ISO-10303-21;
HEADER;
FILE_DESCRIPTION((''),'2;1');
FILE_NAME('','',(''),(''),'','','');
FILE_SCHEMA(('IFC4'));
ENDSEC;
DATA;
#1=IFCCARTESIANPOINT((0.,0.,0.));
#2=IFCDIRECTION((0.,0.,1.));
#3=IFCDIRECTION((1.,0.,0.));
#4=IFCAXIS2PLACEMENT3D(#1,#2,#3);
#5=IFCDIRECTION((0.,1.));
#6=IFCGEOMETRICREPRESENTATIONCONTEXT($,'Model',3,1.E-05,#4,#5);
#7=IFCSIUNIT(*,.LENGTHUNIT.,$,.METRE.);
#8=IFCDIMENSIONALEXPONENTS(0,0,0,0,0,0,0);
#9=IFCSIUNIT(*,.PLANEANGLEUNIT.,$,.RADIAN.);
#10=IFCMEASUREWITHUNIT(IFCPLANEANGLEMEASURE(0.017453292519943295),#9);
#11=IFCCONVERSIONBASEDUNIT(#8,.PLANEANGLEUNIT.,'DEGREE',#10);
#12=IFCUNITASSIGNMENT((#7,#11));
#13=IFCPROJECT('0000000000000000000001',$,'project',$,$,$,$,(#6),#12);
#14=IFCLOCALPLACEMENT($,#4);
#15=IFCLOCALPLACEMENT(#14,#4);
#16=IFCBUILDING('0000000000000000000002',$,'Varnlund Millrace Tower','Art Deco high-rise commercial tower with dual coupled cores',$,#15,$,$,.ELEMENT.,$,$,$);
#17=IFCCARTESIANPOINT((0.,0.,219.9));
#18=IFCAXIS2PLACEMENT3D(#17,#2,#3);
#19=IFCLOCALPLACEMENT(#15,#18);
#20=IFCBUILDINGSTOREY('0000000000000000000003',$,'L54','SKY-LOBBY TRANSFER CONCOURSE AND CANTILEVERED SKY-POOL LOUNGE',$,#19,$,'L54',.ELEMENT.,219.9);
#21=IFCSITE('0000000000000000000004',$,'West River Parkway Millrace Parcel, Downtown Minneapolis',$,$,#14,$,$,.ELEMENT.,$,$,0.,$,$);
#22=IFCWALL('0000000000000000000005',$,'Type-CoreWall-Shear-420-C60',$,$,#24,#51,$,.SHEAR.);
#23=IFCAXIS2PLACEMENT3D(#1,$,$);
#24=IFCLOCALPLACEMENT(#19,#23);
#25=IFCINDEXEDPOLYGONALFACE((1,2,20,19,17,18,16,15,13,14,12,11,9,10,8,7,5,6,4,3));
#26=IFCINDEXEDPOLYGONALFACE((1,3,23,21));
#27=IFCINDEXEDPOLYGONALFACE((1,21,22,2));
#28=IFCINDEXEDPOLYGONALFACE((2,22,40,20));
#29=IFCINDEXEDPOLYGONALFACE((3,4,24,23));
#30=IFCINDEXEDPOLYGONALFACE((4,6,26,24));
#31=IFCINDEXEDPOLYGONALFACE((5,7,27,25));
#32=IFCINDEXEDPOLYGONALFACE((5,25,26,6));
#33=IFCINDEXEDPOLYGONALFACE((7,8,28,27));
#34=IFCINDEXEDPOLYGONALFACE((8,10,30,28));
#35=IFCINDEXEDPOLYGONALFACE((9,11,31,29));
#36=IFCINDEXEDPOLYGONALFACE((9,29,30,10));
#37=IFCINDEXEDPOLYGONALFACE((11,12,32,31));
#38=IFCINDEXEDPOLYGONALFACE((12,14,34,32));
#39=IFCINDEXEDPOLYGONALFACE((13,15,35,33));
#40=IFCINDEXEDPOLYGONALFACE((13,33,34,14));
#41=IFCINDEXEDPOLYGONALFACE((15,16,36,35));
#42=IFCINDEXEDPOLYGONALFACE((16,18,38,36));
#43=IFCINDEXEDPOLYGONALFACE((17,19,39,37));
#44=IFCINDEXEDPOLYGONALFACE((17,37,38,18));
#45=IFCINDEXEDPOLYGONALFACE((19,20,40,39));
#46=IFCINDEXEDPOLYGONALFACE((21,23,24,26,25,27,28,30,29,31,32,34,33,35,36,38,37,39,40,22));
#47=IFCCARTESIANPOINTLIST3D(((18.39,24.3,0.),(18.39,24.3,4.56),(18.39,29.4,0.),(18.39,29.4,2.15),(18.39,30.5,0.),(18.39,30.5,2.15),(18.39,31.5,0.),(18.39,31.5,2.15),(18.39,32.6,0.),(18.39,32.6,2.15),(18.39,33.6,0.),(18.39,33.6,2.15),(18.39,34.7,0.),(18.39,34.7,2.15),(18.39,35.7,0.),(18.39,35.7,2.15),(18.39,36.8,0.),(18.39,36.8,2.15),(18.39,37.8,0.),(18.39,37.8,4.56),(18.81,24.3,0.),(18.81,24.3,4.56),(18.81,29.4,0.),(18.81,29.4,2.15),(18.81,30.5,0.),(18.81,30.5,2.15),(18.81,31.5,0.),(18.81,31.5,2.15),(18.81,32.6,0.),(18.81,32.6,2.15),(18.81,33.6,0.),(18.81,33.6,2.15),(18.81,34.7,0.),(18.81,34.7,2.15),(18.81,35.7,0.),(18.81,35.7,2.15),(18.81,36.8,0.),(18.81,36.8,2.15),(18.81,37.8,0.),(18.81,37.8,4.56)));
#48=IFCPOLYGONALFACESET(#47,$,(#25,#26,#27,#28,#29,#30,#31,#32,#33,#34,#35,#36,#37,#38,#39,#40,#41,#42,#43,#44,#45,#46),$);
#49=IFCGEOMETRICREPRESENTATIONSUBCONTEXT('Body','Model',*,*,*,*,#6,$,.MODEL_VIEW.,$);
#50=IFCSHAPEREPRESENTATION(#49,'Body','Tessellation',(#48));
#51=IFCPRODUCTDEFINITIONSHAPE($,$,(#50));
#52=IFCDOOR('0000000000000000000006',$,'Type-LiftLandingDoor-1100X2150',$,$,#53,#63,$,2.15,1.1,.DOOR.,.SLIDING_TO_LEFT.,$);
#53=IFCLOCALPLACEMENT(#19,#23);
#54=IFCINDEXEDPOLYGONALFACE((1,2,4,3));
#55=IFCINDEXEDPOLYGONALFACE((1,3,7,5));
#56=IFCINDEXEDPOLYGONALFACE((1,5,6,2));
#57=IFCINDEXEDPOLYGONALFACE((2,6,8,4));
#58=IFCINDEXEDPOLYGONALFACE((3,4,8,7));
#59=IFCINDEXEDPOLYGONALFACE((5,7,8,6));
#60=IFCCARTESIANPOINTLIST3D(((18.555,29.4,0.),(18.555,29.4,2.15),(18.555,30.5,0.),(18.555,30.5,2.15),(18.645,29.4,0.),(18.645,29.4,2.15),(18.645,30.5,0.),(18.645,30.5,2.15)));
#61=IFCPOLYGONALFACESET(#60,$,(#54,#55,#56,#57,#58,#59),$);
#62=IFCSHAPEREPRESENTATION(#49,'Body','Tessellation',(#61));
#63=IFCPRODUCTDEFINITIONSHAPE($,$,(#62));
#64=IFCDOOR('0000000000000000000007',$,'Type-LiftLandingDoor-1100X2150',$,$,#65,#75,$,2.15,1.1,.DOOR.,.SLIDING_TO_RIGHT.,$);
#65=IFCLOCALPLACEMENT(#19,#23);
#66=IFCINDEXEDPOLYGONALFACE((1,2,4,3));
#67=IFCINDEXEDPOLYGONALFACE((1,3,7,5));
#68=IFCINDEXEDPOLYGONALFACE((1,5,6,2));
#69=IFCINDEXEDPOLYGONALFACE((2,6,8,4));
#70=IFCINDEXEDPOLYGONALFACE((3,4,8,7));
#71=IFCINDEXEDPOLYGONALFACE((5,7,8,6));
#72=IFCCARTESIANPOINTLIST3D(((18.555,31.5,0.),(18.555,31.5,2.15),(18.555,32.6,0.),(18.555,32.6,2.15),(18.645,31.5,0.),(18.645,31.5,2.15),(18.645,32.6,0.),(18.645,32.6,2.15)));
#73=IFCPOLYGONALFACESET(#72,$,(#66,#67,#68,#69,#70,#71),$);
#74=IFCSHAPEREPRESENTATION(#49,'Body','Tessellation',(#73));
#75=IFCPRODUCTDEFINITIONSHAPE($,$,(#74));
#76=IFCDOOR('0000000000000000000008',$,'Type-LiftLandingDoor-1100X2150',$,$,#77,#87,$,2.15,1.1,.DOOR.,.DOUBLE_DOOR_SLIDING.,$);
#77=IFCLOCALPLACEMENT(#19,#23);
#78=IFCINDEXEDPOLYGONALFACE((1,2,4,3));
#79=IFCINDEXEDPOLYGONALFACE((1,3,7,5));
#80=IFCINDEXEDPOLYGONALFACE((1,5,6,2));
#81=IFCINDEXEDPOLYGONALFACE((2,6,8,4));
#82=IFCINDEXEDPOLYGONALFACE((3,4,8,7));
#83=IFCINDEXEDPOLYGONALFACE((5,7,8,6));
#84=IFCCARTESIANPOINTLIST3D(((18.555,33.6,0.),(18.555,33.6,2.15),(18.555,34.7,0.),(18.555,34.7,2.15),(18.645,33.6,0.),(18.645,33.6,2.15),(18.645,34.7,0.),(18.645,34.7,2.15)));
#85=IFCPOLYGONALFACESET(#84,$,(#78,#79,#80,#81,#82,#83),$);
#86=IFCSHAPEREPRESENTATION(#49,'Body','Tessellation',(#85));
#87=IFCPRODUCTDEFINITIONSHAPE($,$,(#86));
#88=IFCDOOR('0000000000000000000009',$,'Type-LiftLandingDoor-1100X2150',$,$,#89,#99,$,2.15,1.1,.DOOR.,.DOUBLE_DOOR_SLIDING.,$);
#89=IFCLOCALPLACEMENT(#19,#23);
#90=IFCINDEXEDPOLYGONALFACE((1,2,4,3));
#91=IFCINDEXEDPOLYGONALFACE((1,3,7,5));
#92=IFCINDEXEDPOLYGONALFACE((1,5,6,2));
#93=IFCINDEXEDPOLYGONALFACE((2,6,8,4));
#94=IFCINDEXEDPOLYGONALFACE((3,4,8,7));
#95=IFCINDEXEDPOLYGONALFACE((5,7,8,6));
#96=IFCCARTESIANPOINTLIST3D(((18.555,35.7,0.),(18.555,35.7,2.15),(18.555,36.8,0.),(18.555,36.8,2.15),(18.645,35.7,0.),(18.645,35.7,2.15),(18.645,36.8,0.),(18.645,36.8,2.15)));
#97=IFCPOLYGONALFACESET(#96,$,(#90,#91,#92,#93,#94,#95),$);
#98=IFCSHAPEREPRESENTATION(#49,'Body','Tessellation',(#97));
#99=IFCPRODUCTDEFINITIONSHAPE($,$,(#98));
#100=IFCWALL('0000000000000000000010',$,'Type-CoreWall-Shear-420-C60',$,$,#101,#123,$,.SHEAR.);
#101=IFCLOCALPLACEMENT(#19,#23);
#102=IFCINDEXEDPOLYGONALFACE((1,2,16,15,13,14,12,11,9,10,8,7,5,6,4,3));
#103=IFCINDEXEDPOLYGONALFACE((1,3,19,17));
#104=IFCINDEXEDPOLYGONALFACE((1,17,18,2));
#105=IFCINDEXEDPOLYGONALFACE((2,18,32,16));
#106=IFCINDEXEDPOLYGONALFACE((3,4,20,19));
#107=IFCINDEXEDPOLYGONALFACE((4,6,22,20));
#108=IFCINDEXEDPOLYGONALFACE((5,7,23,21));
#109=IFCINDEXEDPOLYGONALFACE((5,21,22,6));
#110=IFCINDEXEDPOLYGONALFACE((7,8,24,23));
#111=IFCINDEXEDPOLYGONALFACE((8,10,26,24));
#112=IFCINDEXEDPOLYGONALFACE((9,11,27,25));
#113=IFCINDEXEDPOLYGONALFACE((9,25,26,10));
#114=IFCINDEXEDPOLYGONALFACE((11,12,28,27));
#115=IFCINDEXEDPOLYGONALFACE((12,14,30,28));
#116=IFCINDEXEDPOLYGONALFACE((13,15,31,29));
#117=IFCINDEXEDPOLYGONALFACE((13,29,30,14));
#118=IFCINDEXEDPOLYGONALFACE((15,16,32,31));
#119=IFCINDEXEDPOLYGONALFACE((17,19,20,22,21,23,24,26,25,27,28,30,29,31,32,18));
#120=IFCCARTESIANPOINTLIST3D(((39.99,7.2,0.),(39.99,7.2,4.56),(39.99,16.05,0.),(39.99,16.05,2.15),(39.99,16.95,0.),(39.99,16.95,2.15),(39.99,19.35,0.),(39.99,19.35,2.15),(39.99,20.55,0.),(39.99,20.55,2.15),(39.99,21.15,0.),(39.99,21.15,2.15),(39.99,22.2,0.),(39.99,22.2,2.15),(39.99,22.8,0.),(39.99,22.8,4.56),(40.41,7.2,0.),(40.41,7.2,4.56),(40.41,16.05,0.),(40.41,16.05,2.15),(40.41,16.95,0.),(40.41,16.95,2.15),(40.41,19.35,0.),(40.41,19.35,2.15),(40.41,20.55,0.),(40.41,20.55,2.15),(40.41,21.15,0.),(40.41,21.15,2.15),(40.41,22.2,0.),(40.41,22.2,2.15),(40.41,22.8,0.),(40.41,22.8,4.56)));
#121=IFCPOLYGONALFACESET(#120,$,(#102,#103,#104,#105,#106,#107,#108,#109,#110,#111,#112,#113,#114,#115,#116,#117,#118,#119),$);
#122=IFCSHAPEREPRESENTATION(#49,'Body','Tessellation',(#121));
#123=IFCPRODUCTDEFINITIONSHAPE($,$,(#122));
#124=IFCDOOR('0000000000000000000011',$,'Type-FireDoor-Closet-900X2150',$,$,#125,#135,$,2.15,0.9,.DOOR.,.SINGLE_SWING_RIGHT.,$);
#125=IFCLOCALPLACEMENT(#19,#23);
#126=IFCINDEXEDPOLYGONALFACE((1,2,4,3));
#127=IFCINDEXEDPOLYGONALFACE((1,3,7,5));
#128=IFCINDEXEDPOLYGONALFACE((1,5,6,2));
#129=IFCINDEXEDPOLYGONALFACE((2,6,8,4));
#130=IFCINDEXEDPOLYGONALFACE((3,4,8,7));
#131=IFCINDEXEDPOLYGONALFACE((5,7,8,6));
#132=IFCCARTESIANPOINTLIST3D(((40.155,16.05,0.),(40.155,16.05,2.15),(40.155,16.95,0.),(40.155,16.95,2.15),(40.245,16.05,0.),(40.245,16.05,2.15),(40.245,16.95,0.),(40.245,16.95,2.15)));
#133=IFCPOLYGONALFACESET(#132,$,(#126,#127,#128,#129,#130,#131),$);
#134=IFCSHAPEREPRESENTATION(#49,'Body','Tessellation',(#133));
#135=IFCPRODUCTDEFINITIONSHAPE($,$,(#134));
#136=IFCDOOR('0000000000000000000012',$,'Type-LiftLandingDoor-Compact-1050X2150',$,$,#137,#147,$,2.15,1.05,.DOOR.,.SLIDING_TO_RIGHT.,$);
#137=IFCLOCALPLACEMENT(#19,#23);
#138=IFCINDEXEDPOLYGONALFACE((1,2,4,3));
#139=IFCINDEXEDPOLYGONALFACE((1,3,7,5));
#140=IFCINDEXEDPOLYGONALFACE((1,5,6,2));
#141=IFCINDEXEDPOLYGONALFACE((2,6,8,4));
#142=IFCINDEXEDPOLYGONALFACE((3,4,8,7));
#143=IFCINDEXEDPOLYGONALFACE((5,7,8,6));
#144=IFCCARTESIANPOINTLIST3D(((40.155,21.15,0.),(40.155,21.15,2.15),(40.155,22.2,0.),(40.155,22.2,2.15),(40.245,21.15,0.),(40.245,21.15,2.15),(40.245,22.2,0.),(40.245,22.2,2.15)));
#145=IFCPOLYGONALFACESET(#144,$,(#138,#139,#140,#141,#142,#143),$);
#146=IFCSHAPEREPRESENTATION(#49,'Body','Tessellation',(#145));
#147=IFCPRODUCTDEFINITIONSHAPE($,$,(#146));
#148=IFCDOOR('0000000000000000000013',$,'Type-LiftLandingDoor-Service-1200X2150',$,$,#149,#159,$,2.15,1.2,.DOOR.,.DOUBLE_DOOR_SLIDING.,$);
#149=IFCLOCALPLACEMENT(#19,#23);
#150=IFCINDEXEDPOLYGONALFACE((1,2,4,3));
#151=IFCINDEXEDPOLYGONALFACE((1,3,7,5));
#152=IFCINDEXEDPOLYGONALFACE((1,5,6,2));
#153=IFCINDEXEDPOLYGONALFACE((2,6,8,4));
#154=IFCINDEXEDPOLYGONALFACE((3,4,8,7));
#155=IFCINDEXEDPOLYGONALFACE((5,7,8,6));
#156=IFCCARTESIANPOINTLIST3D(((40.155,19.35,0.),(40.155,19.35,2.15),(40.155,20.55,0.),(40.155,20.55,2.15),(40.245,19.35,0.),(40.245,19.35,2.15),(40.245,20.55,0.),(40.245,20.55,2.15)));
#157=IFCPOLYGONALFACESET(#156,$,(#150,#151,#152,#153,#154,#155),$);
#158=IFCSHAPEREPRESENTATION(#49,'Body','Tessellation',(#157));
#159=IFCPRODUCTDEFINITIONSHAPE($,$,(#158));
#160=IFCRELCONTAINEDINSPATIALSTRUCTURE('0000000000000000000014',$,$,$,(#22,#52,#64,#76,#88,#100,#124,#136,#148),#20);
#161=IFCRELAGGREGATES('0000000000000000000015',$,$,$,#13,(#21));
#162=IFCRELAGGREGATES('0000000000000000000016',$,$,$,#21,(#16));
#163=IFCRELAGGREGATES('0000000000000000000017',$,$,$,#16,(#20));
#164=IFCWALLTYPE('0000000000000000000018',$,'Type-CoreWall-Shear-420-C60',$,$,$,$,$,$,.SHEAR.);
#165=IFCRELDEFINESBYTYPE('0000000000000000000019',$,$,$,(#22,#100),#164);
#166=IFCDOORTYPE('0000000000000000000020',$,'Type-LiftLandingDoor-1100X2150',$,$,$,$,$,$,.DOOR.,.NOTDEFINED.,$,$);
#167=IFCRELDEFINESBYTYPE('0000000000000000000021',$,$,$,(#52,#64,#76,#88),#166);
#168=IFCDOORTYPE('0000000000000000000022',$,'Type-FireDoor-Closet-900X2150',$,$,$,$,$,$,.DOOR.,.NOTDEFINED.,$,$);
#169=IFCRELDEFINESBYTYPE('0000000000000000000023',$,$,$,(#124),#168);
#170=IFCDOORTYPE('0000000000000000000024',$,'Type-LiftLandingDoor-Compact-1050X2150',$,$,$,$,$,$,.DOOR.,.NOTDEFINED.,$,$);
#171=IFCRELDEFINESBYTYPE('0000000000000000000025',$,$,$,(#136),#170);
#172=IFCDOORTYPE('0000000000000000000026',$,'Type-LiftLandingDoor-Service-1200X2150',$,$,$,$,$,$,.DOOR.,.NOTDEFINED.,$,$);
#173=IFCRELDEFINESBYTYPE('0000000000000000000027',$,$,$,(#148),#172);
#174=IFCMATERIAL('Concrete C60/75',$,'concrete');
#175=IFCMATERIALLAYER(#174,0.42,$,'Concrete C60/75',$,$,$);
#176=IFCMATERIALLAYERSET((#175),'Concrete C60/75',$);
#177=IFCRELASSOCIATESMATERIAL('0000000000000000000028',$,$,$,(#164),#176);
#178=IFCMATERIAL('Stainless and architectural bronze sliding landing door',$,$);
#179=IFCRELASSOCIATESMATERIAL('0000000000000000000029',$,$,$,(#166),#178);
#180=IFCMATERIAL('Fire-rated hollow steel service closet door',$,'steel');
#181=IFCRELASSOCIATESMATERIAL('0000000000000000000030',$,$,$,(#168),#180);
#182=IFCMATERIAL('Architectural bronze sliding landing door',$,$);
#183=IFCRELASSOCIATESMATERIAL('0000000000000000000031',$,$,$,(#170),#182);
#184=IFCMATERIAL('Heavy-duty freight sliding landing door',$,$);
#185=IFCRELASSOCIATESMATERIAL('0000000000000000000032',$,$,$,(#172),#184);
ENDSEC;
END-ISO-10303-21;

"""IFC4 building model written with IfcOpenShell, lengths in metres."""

from ifc_helpers import new_model, entity, si_unit, converted_unit, direction, frame, origin_with_axes, origin_2d_with_axis, place, context, subcontext, project, spatial, polyline, rectangle, outline, extrude, material, layer, layer_set, type_object, element, fill, save


model = new_model("IFC4")

# Units and contexts
model_context = context("Model", 3, precision=1e-05, world=origin_with_axes(), true_north=direction((0.0, 1.0)))
body_context = subcontext(model_context, "Body", "Model", "MODEL_VIEW")
ifc_project = project(units=[si_unit("LENGTHUNIT", "METRE"), converted_unit("PLANEANGLEUNIT", "DEGREE", entity("IfcPlaneAngleMeasure", 0.017453292519943295), si_unit("PLANEANGLEUNIT", "RADIAN"), dimensions=[0, 0, 0, 0, 0, 0, 0])], contexts=[model_context])

# Site, building, storey
site_placement = place(None, origin_with_axes())
site = spatial("IfcSite", under=ifc_project, at=site_placement, Name="West River Parkway Millrace Parcel, Downtown Minneapolis", CompositionType="ELEMENT", RefElevation=0.0)
building_placement = place(site_placement, origin_with_axes())
building = spatial("IfcBuilding", under=site, at=building_placement, Name="Varnlund Millrace Tower", Description="Art Deco high-rise commercial tower with dual coupled cores", CompositionType="ELEMENT")
storey_placement = place(building_placement, frame((0.0, 0.0, 219.9), z_axis=(0.0, 0.0, 1.0), x_axis=(1.0, 0.0, 0.0)))
storey = spatial("IfcBuildingStorey", under=building, at=storey_placement, Name="L54", Description="SKY-LOBBY TRANSFER CONCOURSE AND CANTILEVERED SKY-POOL LOUNGE", LongName="L54", CompositionType="ELEMENT", Elevation=219.9)

# Walls, openings, doors
ifc_material_1 = material(Name="Concrete C60/75", Category="concrete")
ifc_layer_1 = layer(ifc_material_1, 0.42, Name="Concrete C60/75")
ifc_layer_set_1 = layer_set([ifc_layer_1], Name="Concrete C60/75")
wall_type_1 = type_object("IfcWallType", Name="Type-CoreWall-Shear-420-C60", PredefinedType="SHEAR", material=ifc_layer_set_1)
ifc_material_2 = material(Name="Stainless and architectural bronze sliding landing door")
door_type_1 = type_object("IfcDoorType", Name="Type-LiftLandingDoor-1100X2150", OperationType="NOTDEFINED", PredefinedType="DOOR", material=ifc_material_2)
wall_1_placement = place(storey_placement, frame((18.6, 24.3, 0.0), z_axis=(0.0, 0.0, 1.0), x_axis=(0.0, 1.0, 0.0)))
wall_1 = element("IfcWall", 1, at=wall_1_placement, inside=storey, type_object=wall_type_1, Name="Type-CoreWall-Shear-420-C60", PredefinedType="SHEAR", context=body_context, shape_type="SweptSolid", body=[
    extrude(outline(polyline([(0.0, -0.21), (13.5, -0.21), (13.5, 0.21), (0.0, 0.21), (0.0, -0.21)])), origin_with_axes(), (0.0, 0.0, 1.0), 4.56),
])
opening_1_placement = place(wall_1_placement, frame((5.65, 0.0, 0.0), z_axis=(0.0, 0.0, 1.0), x_axis=(1.0, 0.0, 0.0)))
opening_1 = element("IfcOpeningElement", 2, at=opening_1_placement, cuts=wall_1, PredefinedType="OPENING", context=body_context, shape_type="SweptSolid", body=[
    extrude(rectangle(XDim=1.1, YDim=0.44, at=origin_2d_with_axis()), origin_with_axes(), (0.0, 0.0, 1.0), 2.15),
])
opening_2_placement = place(wall_1_placement, frame((7.75, 0.0, 0.0), z_axis=(0.0, 0.0, 1.0), x_axis=(1.0, 0.0, 0.0)))
opening_2 = element("IfcOpeningElement", 3, at=opening_2_placement, cuts=wall_1, PredefinedType="OPENING", context=body_context, shape_type="SweptSolid", body=[
    extrude(rectangle(XDim=1.1, YDim=0.44, at=origin_2d_with_axis()), origin_with_axes(), (0.0, 0.0, 1.0), 2.15),
])
opening_3_placement = place(wall_1_placement, frame((9.85, 0.0, 0.0), z_axis=(0.0, 0.0, 1.0), x_axis=(1.0, 0.0, 0.0)))
opening_3 = element("IfcOpeningElement", 4, at=opening_3_placement, cuts=wall_1, PredefinedType="OPENING", context=body_context, shape_type="SweptSolid", body=[
    extrude(rectangle(XDim=1.1, YDim=0.44, at=origin_2d_with_axis()), origin_with_axes(), (0.0, 0.0, 1.0), 2.15),
])
opening_4_placement = place(wall_1_placement, frame((11.95, 0.0, 0.0), z_axis=(0.0, 0.0, 1.0), x_axis=(1.0, 0.0, 0.0)))
opening_4 = element("IfcOpeningElement", 5, at=opening_4_placement, cuts=wall_1, PredefinedType="OPENING", context=body_context, shape_type="SweptSolid", body=[
    extrude(rectangle(XDim=1.1, YDim=0.44, at=origin_2d_with_axis()), origin_with_axes(), (0.0, 0.0, 1.0), 2.15),
])
door_1_placement = place(wall_1_placement, frame((5.65, 0.0, 0.0), z_axis=(0.0, 0.0, 1.0), x_axis=(1.0, 0.0, 0.0)))
door_1 = element("IfcDoor", 6, at=door_1_placement, inside=storey, type_object=door_type_1, Name="Type-LiftLandingDoor-1100X2150", OperationType="SLIDING_TO_LEFT", OverallHeight=2.15, OverallWidth=1.1, PredefinedType="DOOR", context=body_context, shape_type="SweptSolid", body=[
    extrude(rectangle(XDim=1.1, YDim=0.09, at=origin_2d_with_axis()), origin_with_axes(), (0.0, 0.0, 1.0), 2.15),
])
fill(opening_1, door_1)
door_2_placement = place(wall_1_placement, frame((7.75, 0.0, 0.0), z_axis=(0.0, 0.0, 1.0), x_axis=(1.0, 0.0, 0.0)))
door_2 = element("IfcDoor", 7, at=door_2_placement, inside=storey, type_object=door_type_1, Name="Type-LiftLandingDoor-1100X2150", OperationType="SLIDING_TO_RIGHT", OverallHeight=2.15, OverallWidth=1.1, PredefinedType="DOOR", context=body_context, shape_type="SweptSolid", body=[
    extrude(rectangle(XDim=1.1, YDim=0.09, at=origin_2d_with_axis()), origin_with_axes(), (0.0, 0.0, 1.0), 2.15),
])
fill(opening_2, door_2)
door_3_placement = place(wall_1_placement, frame((9.85, 0.0, 0.0), z_axis=(0.0, 0.0, 1.0), x_axis=(1.0, 0.0, 0.0)))
door_3 = element("IfcDoor", 8, at=door_3_placement, inside=storey, type_object=door_type_1, Name="Type-LiftLandingDoor-1100X2150", OperationType="DOUBLE_DOOR_SLIDING", OverallHeight=2.15, OverallWidth=1.1, PredefinedType="DOOR", context=body_context, shape_type="SweptSolid", body=[
    extrude(rectangle(XDim=1.1, YDim=0.09, at=origin_2d_with_axis()), origin_with_axes(), (0.0, 0.0, 1.0), 2.15),
])
fill(opening_3, door_3)
door_4_placement = place(wall_1_placement, frame((11.95, 0.0, 0.0), z_axis=(0.0, 0.0, 1.0), x_axis=(1.0, 0.0, 0.0)))
door_4 = element("IfcDoor", 9, at=door_4_placement, inside=storey, type_object=door_type_1, Name="Type-LiftLandingDoor-1100X2150", OperationType="DOUBLE_DOOR_SLIDING", OverallHeight=2.15, OverallWidth=1.1, PredefinedType="DOOR", context=body_context, shape_type="SweptSolid", body=[
    extrude(rectangle(XDim=1.1, YDim=0.09, at=origin_2d_with_axis()), origin_with_axes(), (0.0, 0.0, 1.0), 2.15),
])
fill(opening_4, door_4)
wall_2_placement = place(storey_placement, frame((40.2, 7.2, 0.0), z_axis=(0.0, 0.0, 1.0), x_axis=(0.0, 1.0, 0.0)))
wall_2 = element("IfcWall", 10, at=wall_2_placement, inside=storey, type_object=wall_type_1, Name="Type-CoreWall-Shear-420-C60", PredefinedType="SHEAR", context=body_context, shape_type="SweptSolid", body=[
    extrude(outline(polyline([(0.0, -0.21), (15.6, -0.21), (15.6, 0.21), (0.0, 0.21), (0.0, -0.21)])), origin_with_axes(), (0.0, 0.0, 1.0), 4.56),
])
opening_5_placement = place(wall_2_placement, frame((14.475, 0.0, 0.0), z_axis=(0.0, 0.0, 1.0), x_axis=(1.0, 0.0, 0.0)))
opening_5 = element("IfcOpeningElement", 11, at=opening_5_placement, cuts=wall_2, PredefinedType="OPENING", context=body_context, shape_type="SweptSolid", body=[
    extrude(rectangle(XDim=1.05, YDim=0.44, at=origin_2d_with_axis()), origin_with_axes(), (0.0, 0.0, 1.0), 2.15),
])
opening_6_placement = place(wall_2_placement, frame((12.75, 0.0, 0.0), z_axis=(0.0, 0.0, 1.0), x_axis=(1.0, 0.0, 0.0)))
opening_6 = element("IfcOpeningElement", 12, at=opening_6_placement, cuts=wall_2, PredefinedType="OPENING", context=body_context, shape_type="SweptSolid", body=[
    extrude(rectangle(XDim=1.2, YDim=0.44, at=origin_2d_with_axis()), origin_with_axes(), (0.0, 0.0, 1.0), 2.15),
])
opening_7_placement = place(wall_2_placement, frame((9.3, 0.0, 0.0), z_axis=(0.0, 0.0, 1.0), x_axis=(1.0, 0.0, 0.0)))
opening_7 = element("IfcOpeningElement", 13, at=opening_7_placement, cuts=wall_2, PredefinedType="OPENING", context=body_context, shape_type="SweptSolid", body=[
    extrude(rectangle(XDim=0.9, YDim=0.44, at=origin_2d_with_axis()), origin_with_axes(), (0.0, 0.0, 1.0), 2.15),
])
ifc_material_3 = material(Name="Fire-rated hollow steel service closet door", Category="steel")
door_type_2 = type_object("IfcDoorType", Name="Type-FireDoor-Closet-900X2150", OperationType="NOTDEFINED", PredefinedType="DOOR", material=ifc_material_3)
door_5_placement = place(wall_2_placement, frame((9.3, 0.0, 0.0), z_axis=(0.0, 0.0, 1.0), x_axis=(1.0, 0.0, 0.0)))
door_5 = element("IfcDoor", 14, at=door_5_placement, inside=storey, type_object=door_type_2, Name="Type-FireDoor-Closet-900X2150", OperationType="SINGLE_SWING_RIGHT", OverallHeight=2.15, OverallWidth=0.9, PredefinedType="DOOR", context=body_context, shape_type="SweptSolid", body=[
    extrude(rectangle(XDim=0.9, YDim=0.09, at=origin_2d_with_axis()), origin_with_axes(), (0.0, 0.0, 1.0), 2.15),
])
fill(opening_7, door_5)
ifc_material_4 = material(Name="Architectural bronze sliding landing door")
door_type_3 = type_object("IfcDoorType", Name="Type-LiftLandingDoor-Compact-1050X2150", OperationType="NOTDEFINED", PredefinedType="DOOR", material=ifc_material_4)
door_6_placement = place(wall_2_placement, frame((14.475, 0.0, 0.0), z_axis=(0.0, 0.0, 1.0), x_axis=(1.0, 0.0, 0.0)))
door_6 = element("IfcDoor", 15, at=door_6_placement, inside=storey, type_object=door_type_3, Name="Type-LiftLandingDoor-Compact-1050X2150", OperationType="SLIDING_TO_RIGHT", OverallHeight=2.15, OverallWidth=1.05, PredefinedType="DOOR", context=body_context, shape_type="SweptSolid", body=[
    extrude(rectangle(XDim=1.05, YDim=0.09, at=origin_2d_with_axis()), origin_with_axes(), (0.0, 0.0, 1.0), 2.15),
])
fill(opening_5, door_6)
ifc_material_5 = material(Name="Heavy-duty freight sliding landing door")
door_type_4 = type_object("IfcDoorType", Name="Type-LiftLandingDoor-Service-1200X2150", OperationType="NOTDEFINED", PredefinedType="DOOR", material=ifc_material_5)
door_7_placement = place(wall_2_placement, frame((12.75, 0.0, 0.0), z_axis=(0.0, 0.0, 1.0), x_axis=(1.0, 0.0, 0.0)))
door_7 = element("IfcDoor", 16, at=door_7_placement, inside=storey, type_object=door_type_4, Name="Type-LiftLandingDoor-Service-1200X2150", OperationType="DOUBLE_DOOR_SLIDING", OverallHeight=2.15, OverallWidth=1.2, PredefinedType="DOOR", context=body_context, shape_type="SweptSolid", body=[
    extrude(rectangle(XDim=1.2, YDim=0.09, at=origin_2d_with_axis()), origin_with_axes(), (0.0, 0.0, 1.0), 2.15),
])
fill(opening_6, door_7)

save(model, "model.ifc")
